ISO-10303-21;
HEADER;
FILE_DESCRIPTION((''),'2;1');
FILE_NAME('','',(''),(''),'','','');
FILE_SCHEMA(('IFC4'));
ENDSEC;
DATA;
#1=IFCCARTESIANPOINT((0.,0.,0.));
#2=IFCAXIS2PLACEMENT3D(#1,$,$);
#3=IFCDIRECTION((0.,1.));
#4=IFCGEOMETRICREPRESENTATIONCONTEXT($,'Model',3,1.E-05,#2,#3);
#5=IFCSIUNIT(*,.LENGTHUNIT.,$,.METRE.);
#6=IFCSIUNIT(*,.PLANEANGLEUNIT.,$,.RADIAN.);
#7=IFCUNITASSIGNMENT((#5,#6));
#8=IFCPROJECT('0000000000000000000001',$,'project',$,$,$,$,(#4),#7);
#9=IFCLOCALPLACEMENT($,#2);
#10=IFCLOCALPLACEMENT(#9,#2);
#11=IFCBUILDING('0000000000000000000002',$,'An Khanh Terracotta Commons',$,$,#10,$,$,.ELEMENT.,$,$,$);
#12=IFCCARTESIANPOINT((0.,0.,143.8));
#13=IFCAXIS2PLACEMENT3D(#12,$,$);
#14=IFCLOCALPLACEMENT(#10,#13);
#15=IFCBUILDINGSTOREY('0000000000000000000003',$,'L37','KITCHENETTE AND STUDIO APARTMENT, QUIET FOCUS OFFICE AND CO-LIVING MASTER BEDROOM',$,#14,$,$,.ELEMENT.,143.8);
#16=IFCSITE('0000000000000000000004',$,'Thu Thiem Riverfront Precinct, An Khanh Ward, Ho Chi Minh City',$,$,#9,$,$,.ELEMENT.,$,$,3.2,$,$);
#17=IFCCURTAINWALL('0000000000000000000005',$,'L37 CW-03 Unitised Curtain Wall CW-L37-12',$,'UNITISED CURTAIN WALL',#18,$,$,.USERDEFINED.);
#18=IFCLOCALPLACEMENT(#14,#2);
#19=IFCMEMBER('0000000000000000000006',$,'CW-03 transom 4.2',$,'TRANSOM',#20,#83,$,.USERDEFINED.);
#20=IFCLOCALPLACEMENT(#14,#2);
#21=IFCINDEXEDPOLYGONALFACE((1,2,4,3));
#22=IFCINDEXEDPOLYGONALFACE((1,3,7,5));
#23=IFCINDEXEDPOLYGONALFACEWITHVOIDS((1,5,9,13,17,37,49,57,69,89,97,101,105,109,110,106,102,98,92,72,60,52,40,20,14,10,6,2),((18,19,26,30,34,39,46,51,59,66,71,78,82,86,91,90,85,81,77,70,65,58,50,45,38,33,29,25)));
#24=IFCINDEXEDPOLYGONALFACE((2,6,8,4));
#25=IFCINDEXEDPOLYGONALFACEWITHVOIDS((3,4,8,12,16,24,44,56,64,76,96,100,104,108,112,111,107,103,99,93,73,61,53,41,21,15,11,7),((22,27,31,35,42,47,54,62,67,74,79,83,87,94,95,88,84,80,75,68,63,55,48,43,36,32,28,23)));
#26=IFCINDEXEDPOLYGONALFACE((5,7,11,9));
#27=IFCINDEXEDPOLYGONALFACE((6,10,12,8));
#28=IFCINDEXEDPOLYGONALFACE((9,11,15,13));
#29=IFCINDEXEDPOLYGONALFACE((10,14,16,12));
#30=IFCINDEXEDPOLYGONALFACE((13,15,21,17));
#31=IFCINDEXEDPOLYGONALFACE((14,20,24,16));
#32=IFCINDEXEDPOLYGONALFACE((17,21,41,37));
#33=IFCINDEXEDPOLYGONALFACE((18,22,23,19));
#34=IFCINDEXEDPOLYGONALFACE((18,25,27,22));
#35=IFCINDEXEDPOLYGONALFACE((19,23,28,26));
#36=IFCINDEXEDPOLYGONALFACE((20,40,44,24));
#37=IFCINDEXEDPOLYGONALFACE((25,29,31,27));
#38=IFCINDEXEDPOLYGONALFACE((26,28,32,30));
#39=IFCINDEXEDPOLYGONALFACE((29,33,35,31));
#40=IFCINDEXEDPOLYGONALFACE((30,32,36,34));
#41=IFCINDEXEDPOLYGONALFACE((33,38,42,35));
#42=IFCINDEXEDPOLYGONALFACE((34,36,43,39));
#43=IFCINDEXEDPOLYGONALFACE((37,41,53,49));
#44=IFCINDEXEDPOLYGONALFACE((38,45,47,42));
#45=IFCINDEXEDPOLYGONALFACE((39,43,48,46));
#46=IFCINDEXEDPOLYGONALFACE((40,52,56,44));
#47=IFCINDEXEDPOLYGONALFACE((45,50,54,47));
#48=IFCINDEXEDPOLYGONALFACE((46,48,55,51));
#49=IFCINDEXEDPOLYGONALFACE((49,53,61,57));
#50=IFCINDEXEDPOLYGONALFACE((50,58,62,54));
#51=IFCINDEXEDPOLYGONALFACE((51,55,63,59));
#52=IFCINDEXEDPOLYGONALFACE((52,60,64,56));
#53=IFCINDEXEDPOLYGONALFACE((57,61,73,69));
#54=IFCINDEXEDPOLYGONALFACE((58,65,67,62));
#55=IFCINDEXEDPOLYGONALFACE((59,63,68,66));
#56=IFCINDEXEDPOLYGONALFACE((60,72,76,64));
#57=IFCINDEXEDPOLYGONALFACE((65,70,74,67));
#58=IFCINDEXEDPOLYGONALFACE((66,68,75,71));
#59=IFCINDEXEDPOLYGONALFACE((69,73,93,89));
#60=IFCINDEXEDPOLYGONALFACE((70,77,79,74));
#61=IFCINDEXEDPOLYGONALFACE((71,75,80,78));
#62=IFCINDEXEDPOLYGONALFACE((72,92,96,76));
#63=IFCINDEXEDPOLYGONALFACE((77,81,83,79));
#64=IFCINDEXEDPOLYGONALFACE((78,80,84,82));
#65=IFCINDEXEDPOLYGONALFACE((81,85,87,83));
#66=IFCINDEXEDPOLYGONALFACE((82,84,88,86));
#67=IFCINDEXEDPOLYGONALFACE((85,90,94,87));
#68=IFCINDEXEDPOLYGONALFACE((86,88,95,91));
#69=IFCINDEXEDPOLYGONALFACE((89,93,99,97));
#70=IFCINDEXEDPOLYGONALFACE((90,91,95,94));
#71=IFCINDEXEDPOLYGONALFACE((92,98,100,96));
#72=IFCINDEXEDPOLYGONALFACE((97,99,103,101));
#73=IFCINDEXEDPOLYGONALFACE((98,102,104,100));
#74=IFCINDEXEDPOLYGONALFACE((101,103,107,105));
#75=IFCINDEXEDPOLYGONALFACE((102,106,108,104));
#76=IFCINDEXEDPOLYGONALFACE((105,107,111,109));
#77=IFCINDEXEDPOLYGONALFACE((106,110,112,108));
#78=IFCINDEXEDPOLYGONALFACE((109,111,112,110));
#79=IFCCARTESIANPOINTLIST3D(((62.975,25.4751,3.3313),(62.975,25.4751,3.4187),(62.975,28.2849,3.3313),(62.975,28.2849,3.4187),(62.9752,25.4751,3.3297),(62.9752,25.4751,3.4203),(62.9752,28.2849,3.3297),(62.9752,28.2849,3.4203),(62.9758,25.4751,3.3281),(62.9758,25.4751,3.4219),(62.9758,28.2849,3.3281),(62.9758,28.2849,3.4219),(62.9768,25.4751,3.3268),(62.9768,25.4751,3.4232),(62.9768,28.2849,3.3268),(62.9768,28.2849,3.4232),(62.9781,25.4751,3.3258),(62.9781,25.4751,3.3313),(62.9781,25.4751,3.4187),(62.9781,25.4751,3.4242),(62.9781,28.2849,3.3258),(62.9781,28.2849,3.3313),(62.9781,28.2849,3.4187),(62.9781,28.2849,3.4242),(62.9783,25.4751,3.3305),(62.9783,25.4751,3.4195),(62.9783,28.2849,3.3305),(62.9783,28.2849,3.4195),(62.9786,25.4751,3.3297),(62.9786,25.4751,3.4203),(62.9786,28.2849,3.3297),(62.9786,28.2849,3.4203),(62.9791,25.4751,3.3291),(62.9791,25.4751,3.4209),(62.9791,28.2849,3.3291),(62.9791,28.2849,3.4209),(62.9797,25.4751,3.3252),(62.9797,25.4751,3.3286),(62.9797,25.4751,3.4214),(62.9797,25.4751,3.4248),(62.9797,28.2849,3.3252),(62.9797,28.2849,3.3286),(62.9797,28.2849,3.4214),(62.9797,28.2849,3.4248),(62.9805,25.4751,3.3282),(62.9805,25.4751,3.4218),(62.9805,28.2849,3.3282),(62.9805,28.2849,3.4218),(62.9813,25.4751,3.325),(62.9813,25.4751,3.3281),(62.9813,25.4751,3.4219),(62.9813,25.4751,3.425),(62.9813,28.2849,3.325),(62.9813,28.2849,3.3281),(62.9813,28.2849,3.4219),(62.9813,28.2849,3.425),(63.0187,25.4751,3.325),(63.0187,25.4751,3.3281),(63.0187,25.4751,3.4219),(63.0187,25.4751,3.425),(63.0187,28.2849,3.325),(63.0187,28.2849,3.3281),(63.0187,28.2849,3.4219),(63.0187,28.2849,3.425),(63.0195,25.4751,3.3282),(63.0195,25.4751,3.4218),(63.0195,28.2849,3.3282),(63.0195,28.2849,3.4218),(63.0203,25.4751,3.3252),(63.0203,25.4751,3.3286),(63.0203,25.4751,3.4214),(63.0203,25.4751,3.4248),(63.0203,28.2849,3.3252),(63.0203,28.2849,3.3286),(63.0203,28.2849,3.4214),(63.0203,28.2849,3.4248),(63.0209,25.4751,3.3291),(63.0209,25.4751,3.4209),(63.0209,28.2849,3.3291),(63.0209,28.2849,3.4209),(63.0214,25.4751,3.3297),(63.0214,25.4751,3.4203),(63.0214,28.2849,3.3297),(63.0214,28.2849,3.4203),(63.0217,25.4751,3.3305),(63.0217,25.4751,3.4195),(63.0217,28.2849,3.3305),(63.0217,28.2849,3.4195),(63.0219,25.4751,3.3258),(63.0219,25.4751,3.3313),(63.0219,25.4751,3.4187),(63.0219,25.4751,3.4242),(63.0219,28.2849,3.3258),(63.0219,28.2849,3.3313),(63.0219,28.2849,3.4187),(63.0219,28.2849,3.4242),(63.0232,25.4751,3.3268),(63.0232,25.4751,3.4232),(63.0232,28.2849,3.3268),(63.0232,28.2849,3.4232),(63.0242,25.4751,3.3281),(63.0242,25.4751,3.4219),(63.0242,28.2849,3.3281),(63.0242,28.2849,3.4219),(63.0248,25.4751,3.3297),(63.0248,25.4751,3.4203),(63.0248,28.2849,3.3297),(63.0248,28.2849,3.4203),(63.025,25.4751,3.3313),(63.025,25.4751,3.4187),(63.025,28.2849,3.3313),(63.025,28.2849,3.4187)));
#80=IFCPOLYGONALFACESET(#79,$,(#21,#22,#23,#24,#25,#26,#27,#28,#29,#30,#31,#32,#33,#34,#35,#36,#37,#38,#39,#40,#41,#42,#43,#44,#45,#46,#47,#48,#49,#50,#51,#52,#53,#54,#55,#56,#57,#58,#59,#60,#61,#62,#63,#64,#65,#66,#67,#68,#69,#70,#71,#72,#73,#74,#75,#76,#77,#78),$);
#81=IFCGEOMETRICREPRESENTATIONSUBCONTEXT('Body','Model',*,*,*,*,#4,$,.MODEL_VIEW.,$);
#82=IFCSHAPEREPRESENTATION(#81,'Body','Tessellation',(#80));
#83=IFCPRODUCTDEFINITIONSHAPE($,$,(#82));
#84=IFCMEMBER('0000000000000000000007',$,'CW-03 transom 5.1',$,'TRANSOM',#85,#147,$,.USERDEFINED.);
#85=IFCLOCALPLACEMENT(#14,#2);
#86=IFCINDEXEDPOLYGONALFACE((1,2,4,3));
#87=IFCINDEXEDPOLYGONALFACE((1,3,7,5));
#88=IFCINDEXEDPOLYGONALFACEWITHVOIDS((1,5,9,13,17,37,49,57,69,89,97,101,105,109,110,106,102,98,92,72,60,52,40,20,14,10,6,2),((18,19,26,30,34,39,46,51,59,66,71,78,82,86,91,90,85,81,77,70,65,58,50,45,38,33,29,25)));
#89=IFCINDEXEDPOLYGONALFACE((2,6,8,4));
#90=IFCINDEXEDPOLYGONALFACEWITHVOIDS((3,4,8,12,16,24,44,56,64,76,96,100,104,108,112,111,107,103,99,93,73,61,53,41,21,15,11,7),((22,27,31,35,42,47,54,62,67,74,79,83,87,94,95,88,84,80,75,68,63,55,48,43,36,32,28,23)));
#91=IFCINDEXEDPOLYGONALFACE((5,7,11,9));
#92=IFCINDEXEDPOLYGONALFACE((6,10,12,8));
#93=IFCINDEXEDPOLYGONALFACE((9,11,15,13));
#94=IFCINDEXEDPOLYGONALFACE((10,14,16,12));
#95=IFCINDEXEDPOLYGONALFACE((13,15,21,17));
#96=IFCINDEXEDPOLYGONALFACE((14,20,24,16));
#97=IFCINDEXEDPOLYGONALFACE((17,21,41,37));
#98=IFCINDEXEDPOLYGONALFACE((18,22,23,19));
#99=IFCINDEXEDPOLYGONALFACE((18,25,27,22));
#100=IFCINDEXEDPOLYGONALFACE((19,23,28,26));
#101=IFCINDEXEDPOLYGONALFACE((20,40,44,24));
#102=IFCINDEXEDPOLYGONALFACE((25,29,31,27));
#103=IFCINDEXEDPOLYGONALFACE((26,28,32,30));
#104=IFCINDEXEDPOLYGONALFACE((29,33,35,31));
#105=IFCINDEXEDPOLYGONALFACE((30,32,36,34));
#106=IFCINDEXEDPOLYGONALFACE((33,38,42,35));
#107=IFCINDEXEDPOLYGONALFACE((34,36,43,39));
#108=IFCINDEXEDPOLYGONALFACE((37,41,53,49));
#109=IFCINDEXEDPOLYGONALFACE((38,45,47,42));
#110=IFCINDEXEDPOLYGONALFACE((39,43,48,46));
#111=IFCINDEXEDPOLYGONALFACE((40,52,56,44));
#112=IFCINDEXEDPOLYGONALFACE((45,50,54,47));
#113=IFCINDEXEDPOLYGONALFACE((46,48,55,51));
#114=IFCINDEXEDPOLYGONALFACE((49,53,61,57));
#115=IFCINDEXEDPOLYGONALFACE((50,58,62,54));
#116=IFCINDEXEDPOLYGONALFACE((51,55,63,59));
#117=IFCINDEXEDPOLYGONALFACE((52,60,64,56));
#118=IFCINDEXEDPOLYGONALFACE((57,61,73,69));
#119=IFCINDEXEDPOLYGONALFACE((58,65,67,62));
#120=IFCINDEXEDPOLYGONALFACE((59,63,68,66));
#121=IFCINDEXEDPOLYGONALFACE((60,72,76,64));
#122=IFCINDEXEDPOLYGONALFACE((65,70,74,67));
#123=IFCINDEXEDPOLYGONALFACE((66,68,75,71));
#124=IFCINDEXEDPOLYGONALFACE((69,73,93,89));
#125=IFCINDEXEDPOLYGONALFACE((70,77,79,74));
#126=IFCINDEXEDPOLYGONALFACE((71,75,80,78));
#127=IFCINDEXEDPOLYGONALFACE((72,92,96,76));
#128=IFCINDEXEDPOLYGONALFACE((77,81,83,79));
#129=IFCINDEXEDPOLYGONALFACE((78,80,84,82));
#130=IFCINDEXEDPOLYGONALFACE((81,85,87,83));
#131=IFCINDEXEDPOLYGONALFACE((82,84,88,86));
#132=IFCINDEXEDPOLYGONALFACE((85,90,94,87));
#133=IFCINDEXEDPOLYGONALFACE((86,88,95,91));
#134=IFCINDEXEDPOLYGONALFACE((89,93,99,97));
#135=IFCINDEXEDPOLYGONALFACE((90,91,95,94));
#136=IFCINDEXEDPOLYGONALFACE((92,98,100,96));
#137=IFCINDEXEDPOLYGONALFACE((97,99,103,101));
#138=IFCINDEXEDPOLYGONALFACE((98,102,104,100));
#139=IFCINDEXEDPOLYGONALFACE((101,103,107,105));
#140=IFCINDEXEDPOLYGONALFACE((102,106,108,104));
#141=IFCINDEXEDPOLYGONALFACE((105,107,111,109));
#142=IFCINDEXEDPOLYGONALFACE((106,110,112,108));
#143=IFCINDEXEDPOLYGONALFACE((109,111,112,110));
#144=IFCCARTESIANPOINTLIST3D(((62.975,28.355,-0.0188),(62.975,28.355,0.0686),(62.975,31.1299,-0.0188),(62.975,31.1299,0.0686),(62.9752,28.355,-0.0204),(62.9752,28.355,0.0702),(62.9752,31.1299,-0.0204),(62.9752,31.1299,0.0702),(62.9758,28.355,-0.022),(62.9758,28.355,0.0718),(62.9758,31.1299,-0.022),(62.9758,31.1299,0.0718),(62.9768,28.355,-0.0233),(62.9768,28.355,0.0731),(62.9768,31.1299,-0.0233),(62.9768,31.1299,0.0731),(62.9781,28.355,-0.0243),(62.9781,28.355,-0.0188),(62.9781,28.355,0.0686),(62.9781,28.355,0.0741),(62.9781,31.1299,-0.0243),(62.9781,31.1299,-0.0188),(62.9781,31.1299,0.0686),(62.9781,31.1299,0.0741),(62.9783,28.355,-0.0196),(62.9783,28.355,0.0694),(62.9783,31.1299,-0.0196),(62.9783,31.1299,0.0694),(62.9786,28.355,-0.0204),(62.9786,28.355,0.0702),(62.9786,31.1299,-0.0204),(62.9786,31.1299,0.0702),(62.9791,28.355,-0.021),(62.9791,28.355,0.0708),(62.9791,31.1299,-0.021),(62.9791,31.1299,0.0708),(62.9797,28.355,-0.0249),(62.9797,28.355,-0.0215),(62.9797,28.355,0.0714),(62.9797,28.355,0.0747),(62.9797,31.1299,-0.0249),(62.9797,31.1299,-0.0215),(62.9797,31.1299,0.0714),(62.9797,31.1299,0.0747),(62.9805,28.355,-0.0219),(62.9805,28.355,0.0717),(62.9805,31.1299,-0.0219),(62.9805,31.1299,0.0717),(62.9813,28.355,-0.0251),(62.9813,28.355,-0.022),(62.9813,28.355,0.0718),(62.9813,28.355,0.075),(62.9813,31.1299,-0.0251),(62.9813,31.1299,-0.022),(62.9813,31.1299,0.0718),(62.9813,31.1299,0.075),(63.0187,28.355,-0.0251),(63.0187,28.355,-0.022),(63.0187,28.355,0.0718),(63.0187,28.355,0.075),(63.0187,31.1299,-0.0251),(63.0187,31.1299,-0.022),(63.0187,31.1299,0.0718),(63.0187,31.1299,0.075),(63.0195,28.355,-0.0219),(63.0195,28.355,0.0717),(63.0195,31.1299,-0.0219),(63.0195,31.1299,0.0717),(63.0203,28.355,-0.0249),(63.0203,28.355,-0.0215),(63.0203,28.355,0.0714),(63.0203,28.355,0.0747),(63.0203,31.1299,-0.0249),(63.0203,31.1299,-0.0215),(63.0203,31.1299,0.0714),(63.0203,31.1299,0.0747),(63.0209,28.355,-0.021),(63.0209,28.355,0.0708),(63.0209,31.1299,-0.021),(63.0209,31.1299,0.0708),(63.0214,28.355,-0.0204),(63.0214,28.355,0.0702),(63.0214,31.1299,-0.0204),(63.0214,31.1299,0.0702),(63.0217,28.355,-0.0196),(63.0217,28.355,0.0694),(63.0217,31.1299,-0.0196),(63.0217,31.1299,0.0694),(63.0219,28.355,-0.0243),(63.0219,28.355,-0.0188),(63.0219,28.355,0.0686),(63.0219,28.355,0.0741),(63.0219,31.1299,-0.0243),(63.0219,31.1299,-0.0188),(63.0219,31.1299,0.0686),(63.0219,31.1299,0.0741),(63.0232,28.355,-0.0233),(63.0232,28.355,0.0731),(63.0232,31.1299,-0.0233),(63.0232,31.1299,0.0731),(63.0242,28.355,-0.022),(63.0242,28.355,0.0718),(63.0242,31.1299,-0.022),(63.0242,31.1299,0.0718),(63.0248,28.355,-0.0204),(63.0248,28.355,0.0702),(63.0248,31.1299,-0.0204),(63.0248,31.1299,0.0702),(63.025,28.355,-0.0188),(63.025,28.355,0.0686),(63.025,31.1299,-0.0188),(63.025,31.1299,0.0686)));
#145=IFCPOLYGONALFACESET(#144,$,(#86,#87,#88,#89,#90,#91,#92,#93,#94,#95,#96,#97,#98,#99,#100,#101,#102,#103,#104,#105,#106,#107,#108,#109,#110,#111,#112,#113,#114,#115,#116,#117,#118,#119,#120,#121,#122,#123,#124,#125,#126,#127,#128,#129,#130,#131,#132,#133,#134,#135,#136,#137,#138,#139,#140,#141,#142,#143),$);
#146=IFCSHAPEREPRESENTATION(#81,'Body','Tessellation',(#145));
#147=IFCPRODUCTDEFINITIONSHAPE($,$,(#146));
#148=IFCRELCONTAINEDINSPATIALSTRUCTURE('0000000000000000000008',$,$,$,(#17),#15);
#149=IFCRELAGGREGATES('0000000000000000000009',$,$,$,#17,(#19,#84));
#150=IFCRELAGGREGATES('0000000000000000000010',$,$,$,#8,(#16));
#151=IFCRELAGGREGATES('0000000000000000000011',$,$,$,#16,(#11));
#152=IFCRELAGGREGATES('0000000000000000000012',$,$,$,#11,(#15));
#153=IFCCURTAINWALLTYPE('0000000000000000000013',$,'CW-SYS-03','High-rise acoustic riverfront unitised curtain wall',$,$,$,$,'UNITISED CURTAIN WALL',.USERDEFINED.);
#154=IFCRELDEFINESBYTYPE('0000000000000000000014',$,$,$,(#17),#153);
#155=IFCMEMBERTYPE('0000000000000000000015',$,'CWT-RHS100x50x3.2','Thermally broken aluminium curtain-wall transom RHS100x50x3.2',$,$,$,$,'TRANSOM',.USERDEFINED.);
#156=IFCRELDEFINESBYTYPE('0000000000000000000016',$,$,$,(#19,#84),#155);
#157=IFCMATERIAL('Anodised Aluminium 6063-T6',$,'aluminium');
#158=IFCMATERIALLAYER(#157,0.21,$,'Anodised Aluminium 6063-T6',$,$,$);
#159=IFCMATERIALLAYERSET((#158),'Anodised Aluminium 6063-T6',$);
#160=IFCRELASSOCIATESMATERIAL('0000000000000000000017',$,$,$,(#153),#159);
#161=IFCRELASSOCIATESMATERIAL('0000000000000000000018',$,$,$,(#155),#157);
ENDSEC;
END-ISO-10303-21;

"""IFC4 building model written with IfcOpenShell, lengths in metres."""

from ifc_helpers import new_model, si_unit, direction, frame, origin, origin_2d, place, context, subcontext, project, spatial, hollow_rectangle, extrude, material, layer, layer_set, material_profile, profile_set, type_object, element, aggregate, save


model = new_model("IFC4")

# Units and contexts
model_context = context("Model", 3, precision=1e-05, world=origin(), true_north=direction((0.0, 1.0)))
body_context = subcontext(model_context, "Body", "Model", "MODEL_VIEW")
ifc_project = project(units=[si_unit("LENGTHUNIT", "METRE"), si_unit("PLANEANGLEUNIT", "RADIAN")], contexts=[model_context])

# Site, building, storey
site_placement = place(None, origin())
site = spatial("IfcSite", under=ifc_project, at=site_placement, Name="Thu Thiem Riverfront Precinct, An Khanh Ward, Ho Chi Minh City", CompositionType="ELEMENT", RefElevation=3.2)
building_placement = place(site_placement, origin())
building = spatial("IfcBuilding", under=site, at=building_placement, Name="An Khanh Terracotta Commons", CompositionType="ELEMENT")
storey_placement = place(building_placement, frame((0.0, 0.0, 143.8)))
storey = spatial("IfcBuildingStorey", under=building, at=storey_placement, Name="L37", Description="KITCHENETTE AND STUDIO APARTMENT, QUIET FOCUS OFFICE AND CO-LIVING MASTER BEDROOM", CompositionType="ELEMENT", Elevation=143.8)

# Curtain wall
ifc_material_1 = material(Name="Anodised Aluminium 6063-T6", Category="aluminium")
ifc_layer_1 = layer(ifc_material_1, 0.21, Name="Anodised Aluminium 6063-T6")
ifc_layer_set_1 = layer_set([ifc_layer_1], Name="Anodised Aluminium 6063-T6")
curtain_wall_type = type_object("IfcCurtainWallType", Name="CW-SYS-03", Description="High-rise acoustic riverfront unitised curtain wall", ElementType="UNITISED CURTAIN WALL", PredefinedType="USERDEFINED", material=ifc_layer_set_1)
curtain_wall_1_placement = place(storey_placement, origin())
curtain_wall_1 = element("IfcCurtainWall", 1, at=curtain_wall_1_placement, inside=storey, type_object=curtain_wall_type, Name="L37 CW-03 Unitised Curtain Wall CW-L37-12", ObjectType="UNITISED CURTAIN WALL", PredefinedType="USERDEFINED")

# Members
ifc_material_profile_1 = material_profile(ifc_material_1, hollow_rectangle(XDim=0.05, YDim=0.1001, WallThickness=0.0032, InnerFilletRadius=0.0032, OuterFilletRadius=0.0063, at=origin_2d()), Name="RHS100x50x3.2")
ifc_profile_set_1 = profile_set([ifc_material_profile_1], Name="Anodised Aluminium 6063-T6")
member_type_1 = type_object("IfcMemberType", Name="CWT-RHS100x50x3.2", Description="Thermally broken aluminium curtain-wall transom RHS100x50x3.2", ElementType="TRANSOM", PredefinedType="USERDEFINED", material=ifc_profile_set_1)
member_1_placement = place(storey_placement, frame((63.0, 25.4751, 3.375), z_axis=(0.0, 1.0, 0.0), x_axis=(-1.0, 0.0, 0.0)))
member_1 = element("IfcMember", 2, at=member_1_placement, type_object=member_type_1, Name="CW-03 transom 4.2", ObjectType="TRANSOM", PredefinedType="USERDEFINED", context=body_context, shape_type="SweptSolid", body=[
    extrude(hollow_rectangle(XDim=0.05, YDim=0.1001, WallThickness=0.0032, InnerFilletRadius=0.0032, OuterFilletRadius=0.0063, at=origin_2d()), origin(), (0.0, 0.0, 1.0), 2.8098),
])
member_2_placement = place(storey_placement, frame((63.0, 28.355, 0.0249), z_axis=(0.0, 1.0, 0.0), x_axis=(-1.0, 0.0, 0.0)))
member_2 = element("IfcMember", 3, at=member_2_placement, type_object=member_type_1, Name="CW-03 transom 5.1", ObjectType="TRANSOM", PredefinedType="USERDEFINED", context=body_context, shape_type="SweptSolid", body=[
    extrude(hollow_rectangle(XDim=0.05, YDim=0.1001, WallThickness=0.0032, InnerFilletRadius=0.0032, OuterFilletRadius=0.0063, at=origin_2d()), origin(), (0.0, 0.0, 1.0), 2.7749),
])

aggregate(curtain_wall_1, [member_1, member_2])

save(model, "model.ifc")
